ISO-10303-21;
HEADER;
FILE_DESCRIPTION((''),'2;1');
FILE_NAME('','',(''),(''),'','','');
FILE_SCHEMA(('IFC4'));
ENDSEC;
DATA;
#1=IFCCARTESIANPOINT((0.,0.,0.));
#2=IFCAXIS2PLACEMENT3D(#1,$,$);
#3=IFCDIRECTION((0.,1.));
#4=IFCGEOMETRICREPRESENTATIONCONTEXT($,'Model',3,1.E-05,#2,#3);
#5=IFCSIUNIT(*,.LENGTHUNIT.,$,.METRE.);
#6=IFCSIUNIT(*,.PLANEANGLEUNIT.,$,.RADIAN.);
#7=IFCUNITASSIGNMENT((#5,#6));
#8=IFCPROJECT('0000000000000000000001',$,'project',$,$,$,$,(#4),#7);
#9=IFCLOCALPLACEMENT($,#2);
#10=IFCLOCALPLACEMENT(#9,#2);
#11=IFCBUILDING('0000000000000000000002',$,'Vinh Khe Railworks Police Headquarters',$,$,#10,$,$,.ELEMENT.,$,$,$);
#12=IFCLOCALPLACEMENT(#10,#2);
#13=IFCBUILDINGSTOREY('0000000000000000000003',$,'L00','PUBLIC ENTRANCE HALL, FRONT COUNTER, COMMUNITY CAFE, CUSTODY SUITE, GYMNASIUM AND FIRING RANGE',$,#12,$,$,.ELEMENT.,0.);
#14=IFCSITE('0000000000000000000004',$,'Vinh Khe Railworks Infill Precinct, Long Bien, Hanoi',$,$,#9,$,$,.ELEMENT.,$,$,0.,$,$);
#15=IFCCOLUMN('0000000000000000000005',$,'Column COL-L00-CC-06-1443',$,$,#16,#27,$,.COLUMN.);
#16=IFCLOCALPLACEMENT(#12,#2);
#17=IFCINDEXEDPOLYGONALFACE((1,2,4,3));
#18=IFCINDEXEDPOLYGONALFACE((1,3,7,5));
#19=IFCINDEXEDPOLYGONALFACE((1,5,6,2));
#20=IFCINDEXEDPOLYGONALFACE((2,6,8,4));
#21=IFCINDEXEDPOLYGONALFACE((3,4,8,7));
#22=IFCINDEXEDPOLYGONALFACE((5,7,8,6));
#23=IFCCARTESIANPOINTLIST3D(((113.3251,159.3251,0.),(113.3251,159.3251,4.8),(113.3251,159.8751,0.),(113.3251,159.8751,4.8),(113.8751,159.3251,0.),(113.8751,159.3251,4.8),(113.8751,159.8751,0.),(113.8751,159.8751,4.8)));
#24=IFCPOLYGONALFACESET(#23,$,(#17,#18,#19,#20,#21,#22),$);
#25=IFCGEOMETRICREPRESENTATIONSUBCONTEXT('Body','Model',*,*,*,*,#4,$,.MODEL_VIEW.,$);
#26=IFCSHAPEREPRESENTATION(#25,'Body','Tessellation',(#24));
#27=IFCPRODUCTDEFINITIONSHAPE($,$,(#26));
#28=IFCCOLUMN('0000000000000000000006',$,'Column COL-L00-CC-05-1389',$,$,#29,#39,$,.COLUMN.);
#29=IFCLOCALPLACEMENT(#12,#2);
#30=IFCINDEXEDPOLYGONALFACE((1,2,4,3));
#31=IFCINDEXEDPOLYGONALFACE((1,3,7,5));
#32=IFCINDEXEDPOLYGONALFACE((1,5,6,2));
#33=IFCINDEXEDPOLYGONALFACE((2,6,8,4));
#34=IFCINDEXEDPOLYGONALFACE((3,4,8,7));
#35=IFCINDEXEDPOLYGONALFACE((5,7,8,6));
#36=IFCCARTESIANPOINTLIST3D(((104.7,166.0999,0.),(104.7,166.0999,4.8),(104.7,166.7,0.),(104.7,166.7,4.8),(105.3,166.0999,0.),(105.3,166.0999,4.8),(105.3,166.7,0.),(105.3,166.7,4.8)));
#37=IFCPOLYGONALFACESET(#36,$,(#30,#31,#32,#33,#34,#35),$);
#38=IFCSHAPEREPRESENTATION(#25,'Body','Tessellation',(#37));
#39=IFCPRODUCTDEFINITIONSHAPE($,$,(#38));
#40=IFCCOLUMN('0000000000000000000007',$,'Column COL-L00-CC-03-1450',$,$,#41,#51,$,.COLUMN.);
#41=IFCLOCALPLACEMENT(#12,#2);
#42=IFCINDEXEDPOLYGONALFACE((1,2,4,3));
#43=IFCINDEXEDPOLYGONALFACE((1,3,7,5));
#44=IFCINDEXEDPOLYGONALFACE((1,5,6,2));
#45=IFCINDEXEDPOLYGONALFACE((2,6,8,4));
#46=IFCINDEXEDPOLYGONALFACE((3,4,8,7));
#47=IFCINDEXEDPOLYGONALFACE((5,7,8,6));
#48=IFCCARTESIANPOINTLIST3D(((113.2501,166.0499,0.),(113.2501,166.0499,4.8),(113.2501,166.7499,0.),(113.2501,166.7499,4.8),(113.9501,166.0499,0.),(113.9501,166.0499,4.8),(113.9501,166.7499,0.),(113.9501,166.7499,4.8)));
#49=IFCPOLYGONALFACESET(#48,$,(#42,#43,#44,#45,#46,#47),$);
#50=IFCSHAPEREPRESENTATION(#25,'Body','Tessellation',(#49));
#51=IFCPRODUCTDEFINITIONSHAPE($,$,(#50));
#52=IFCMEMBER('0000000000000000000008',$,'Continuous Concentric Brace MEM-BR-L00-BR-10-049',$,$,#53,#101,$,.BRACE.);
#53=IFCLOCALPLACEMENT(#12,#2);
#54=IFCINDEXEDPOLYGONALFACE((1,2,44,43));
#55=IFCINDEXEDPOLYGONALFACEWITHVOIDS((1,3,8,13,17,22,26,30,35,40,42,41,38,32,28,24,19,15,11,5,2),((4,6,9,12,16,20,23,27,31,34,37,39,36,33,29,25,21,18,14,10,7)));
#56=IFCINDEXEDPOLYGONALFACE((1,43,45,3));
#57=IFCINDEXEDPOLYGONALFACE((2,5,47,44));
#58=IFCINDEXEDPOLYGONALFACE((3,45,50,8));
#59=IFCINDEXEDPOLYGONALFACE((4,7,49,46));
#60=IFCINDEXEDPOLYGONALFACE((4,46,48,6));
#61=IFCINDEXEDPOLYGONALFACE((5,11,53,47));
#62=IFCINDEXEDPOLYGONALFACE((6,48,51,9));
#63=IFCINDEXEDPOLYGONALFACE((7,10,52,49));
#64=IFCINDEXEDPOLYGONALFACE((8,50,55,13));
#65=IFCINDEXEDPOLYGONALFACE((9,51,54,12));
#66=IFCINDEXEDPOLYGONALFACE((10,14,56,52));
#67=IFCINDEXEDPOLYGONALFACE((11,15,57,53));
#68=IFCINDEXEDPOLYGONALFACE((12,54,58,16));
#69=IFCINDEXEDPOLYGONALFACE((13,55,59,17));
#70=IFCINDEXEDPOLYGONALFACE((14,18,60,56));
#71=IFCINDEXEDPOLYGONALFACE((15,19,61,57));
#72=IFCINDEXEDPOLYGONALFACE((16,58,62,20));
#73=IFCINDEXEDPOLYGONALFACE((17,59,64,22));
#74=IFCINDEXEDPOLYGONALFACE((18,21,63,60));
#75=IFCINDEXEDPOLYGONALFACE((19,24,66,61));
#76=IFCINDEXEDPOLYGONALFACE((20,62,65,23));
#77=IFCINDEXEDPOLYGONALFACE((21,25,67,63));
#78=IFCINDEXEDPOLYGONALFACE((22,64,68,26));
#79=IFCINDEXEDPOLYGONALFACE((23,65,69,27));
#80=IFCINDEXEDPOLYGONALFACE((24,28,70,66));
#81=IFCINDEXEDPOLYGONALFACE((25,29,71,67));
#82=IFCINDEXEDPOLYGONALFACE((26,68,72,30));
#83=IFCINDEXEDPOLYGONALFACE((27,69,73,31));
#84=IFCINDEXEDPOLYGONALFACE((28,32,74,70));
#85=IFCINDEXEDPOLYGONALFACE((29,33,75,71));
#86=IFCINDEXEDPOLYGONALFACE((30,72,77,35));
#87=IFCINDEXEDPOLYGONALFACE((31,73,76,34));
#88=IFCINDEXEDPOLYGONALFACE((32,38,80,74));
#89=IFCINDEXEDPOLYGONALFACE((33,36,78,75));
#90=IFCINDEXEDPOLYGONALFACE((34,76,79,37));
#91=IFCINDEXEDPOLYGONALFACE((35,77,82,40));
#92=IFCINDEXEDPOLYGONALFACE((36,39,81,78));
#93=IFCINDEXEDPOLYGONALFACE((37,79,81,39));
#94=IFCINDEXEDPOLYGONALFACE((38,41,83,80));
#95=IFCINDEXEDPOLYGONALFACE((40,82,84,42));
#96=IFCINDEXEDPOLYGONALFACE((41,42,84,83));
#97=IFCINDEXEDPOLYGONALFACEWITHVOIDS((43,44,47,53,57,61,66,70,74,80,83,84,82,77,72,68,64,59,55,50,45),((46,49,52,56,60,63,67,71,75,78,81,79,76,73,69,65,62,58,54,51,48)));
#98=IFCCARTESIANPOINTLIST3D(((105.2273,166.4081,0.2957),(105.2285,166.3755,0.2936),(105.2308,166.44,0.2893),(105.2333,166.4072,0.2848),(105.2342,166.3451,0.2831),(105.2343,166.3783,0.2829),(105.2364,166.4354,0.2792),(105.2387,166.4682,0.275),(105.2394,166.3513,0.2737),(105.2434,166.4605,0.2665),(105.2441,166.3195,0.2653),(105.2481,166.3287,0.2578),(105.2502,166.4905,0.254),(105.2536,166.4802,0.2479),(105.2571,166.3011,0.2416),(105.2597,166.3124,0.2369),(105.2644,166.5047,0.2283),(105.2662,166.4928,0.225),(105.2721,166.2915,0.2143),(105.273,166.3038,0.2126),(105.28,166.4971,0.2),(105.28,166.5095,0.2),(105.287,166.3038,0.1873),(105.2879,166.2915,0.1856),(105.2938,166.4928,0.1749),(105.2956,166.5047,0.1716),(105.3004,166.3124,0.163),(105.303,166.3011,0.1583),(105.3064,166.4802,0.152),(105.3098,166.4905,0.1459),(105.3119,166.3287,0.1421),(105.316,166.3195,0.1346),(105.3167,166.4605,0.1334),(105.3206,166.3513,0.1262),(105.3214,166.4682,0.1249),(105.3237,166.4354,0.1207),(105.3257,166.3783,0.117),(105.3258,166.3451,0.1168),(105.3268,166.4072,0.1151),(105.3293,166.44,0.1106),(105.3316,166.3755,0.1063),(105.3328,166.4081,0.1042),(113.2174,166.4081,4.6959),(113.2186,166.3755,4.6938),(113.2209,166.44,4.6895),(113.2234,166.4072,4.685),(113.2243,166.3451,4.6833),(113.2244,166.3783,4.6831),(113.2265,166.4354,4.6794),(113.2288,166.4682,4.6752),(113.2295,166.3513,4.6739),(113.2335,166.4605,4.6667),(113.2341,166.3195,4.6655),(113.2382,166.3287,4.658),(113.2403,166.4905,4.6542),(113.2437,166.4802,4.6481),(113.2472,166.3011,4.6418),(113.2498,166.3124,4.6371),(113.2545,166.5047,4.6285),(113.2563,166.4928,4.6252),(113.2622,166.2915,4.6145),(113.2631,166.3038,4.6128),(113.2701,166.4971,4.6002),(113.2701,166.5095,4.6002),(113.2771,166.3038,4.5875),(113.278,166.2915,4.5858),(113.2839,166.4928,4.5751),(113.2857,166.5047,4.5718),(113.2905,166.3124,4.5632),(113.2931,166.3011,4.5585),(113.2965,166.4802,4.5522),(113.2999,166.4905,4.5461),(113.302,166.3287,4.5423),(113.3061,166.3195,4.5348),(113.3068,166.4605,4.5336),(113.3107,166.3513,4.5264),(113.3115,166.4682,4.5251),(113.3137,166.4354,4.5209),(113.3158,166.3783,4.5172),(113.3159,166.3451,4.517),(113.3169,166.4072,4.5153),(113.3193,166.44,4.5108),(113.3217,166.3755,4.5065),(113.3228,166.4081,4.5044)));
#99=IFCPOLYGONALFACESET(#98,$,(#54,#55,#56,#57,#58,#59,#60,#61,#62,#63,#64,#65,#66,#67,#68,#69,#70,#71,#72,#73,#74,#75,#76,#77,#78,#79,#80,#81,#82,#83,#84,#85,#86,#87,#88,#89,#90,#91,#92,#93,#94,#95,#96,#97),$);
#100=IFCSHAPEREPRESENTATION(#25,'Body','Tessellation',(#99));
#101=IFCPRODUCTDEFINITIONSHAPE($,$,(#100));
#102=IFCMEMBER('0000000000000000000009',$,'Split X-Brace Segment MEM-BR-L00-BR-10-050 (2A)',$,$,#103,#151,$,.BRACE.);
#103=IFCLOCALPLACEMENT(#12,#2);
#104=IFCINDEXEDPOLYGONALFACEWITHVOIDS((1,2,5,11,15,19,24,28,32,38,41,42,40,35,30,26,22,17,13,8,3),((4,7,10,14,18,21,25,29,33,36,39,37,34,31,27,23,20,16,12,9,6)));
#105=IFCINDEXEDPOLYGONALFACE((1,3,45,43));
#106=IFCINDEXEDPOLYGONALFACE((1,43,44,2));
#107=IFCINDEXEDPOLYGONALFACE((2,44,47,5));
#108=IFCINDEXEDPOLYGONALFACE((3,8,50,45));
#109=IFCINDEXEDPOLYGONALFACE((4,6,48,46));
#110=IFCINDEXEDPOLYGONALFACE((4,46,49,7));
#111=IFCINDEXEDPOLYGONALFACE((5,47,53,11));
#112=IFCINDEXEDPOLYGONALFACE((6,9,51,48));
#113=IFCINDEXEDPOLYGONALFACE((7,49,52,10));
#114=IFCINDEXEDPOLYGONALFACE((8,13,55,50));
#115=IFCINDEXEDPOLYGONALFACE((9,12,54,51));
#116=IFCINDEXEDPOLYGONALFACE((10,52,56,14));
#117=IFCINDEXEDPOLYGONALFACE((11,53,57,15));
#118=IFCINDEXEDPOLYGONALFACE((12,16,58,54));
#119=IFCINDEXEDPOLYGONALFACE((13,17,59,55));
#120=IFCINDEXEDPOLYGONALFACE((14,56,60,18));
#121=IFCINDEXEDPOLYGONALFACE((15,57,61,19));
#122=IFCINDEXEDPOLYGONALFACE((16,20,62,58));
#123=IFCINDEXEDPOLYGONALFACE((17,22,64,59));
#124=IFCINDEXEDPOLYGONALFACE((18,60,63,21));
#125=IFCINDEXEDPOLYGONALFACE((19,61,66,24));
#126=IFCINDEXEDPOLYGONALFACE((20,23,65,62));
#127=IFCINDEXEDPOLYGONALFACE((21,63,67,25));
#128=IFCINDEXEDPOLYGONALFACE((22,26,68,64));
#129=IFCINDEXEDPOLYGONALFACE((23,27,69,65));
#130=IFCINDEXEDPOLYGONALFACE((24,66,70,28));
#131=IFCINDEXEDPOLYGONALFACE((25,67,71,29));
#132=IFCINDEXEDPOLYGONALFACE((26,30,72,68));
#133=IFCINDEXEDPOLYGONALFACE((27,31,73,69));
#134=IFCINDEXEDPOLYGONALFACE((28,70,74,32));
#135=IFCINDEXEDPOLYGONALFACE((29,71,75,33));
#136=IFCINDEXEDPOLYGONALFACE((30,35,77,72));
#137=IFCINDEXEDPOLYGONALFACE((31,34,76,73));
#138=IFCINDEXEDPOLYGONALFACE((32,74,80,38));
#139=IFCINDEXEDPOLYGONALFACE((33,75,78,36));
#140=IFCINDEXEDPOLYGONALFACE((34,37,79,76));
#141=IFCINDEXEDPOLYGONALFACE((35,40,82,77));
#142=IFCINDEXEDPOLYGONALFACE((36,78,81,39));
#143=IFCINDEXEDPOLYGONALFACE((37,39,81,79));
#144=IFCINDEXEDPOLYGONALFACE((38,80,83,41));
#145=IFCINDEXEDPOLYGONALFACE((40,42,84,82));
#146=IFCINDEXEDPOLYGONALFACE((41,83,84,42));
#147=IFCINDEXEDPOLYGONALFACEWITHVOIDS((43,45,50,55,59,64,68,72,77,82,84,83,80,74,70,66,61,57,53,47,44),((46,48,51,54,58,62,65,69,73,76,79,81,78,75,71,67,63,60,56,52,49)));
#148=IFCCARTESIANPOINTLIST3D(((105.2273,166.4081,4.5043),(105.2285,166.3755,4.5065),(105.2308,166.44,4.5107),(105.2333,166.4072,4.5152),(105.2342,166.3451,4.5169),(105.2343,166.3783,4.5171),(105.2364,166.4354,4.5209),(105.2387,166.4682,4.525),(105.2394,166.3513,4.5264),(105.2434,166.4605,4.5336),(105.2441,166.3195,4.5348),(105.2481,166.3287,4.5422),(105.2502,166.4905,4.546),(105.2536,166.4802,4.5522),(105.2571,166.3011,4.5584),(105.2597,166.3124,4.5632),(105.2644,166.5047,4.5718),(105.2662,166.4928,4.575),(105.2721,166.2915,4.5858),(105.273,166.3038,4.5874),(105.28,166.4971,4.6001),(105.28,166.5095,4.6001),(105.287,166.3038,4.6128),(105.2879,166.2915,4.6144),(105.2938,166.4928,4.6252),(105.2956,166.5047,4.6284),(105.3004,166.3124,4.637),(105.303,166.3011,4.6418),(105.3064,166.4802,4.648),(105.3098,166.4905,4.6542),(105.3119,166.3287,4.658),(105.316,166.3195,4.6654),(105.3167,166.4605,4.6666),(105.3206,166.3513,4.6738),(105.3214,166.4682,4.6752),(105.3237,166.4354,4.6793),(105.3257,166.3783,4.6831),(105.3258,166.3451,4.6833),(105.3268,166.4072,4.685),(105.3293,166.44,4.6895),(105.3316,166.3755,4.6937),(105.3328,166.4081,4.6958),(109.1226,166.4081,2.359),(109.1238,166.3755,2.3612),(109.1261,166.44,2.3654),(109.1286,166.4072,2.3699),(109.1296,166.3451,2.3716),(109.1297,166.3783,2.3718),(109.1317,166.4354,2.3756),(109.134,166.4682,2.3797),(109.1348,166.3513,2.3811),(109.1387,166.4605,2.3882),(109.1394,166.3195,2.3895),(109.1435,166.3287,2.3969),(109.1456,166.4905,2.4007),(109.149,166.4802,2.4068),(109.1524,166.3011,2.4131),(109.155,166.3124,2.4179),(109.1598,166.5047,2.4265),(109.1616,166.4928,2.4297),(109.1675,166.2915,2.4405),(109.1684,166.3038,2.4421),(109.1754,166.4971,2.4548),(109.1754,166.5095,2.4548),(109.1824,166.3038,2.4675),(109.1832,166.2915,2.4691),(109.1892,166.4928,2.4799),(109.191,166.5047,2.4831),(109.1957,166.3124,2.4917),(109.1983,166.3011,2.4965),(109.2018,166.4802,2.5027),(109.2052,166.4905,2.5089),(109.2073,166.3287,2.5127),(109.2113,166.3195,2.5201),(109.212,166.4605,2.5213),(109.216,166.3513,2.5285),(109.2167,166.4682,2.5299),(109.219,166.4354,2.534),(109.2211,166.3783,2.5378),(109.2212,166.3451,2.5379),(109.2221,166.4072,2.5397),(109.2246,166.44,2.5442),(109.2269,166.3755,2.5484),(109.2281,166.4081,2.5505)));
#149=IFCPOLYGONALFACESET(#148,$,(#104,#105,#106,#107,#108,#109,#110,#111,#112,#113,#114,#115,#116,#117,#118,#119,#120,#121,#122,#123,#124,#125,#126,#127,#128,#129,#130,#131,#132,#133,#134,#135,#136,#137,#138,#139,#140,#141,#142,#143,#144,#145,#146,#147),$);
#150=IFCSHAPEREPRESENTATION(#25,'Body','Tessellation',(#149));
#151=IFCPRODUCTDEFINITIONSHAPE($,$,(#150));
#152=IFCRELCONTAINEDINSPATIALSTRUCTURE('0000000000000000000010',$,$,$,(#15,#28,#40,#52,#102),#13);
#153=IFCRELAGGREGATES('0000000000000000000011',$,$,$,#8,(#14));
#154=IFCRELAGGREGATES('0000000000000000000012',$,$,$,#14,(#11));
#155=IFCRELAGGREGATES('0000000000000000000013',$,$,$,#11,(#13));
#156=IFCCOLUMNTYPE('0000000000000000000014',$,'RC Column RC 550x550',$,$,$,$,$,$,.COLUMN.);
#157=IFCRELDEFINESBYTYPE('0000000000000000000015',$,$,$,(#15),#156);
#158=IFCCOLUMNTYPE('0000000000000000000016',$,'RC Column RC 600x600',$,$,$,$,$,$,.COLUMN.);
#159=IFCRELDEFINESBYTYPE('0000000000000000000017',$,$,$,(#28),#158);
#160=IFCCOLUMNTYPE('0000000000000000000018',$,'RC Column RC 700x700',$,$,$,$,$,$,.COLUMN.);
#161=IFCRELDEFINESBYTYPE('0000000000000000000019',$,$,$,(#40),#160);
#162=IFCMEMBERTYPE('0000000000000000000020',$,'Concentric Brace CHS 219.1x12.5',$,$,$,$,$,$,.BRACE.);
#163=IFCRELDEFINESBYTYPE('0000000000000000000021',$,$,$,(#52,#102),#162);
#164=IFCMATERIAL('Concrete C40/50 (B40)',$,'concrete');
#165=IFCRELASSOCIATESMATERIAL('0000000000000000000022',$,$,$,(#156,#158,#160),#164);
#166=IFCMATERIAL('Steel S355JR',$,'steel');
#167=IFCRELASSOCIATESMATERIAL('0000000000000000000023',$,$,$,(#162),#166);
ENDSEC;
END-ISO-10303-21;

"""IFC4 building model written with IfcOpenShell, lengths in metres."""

from ifc_helpers import new_model, si_unit, direction, frame, origin, origin_2d, place, context, subcontext, project, spatial, rectangle, hollow_circle, extrude, material, material_profile, profile_set, type_object, element, save


model = new_model("IFC4")

# Units and contexts
model_context = context("Model", 3, precision=1e-05, world=origin(), true_north=direction((0.0, 1.0)))
body_context = subcontext(model_context, "Body", "Model", "MODEL_VIEW")
ifc_project = project(units=[si_unit("LENGTHUNIT", "METRE"), si_unit("PLANEANGLEUNIT", "RADIAN")], contexts=[model_context])

# Site, building, storey
site_placement = place(None, origin())
site = spatial("IfcSite", under=ifc_project, at=site_placement, Name="Vinh Khe Railworks Infill Precinct, Long Bien, Hanoi", CompositionType="ELEMENT", RefElevation=0.0)
building_placement = place(site_placement, origin())
building = spatial("IfcBuilding", under=site, at=building_placement, Name="Vinh Khe Railworks Police Headquarters", CompositionType="ELEMENT")
storey_placement = place(building_placement, origin())
storey = spatial("IfcBuildingStorey", under=building, at=storey_placement, Name="L00", Description="PUBLIC ENTRANCE HALL, FRONT COUNTER, COMMUNITY CAFE, CUSTODY SUITE, GYMNASIUM AND FIRING RANGE", CompositionType="ELEMENT", Elevation=0.0)

# Columns
ifc_material_1 = material(Name="Concrete C40/50 (B40)", Category="concrete")
ifc_material_profile_1 = material_profile(ifc_material_1, rectangle(XDim=0.55, YDim=0.55, at=origin_2d()), Name="RC 550x550")
ifc_profile_set_1 = profile_set([ifc_material_profile_1], Name="Concrete C40/50 (B40)")
column_type_1 = type_object("IfcColumnType", Name="RC Column RC 550x550", PredefinedType="COLUMN", material=ifc_profile_set_1)
column_1_placement = place(storey_placement, frame((113.6001, 159.6001, 0.0), z_axis=(0.0, 0.0, 1.0), x_axis=(1.0, 0.0, 0.0)))
element("IfcColumn", 1, at=column_1_placement, inside=storey, type_object=column_type_1, Name="Column COL-L00-CC-06-1443", PredefinedType="COLUMN", context=body_context, shape_type="SweptSolid", body=[
    extrude(rectangle(XDim=0.55, YDim=0.55, at=origin_2d()), origin(), (0.0, 0.0, 1.0), 4.8),
])
ifc_material_profile_2 = material_profile(ifc_material_1, rectangle(XDim=0.6001, YDim=0.6001, at=origin_2d()), Name="RC 600x600")
ifc_profile_set_2 = profile_set([ifc_material_profile_2], Name="Concrete C40/50 (B40)")
column_type_2 = type_object("IfcColumnType", Name="RC Column RC 600x600", PredefinedType="COLUMN", material=ifc_profile_set_2)
column_2_placement = place(storey_placement, frame((105.0, 166.3999, 0.0), z_axis=(0.0, 0.0, 1.0), x_axis=(1.0, 0.0, 0.0)))
element("IfcColumn", 2, at=column_2_placement, inside=storey, type_object=column_type_2, Name="Column COL-L00-CC-05-1389", PredefinedType="COLUMN", context=body_context, shape_type="SweptSolid", body=[
    extrude(rectangle(XDim=0.6001, YDim=0.6001, at=origin_2d()), origin(), (0.0, 0.0, 1.0), 4.8),
])
ifc_material_profile_3 = material_profile(ifc_material_1, rectangle(XDim=0.7, YDim=0.7, at=origin_2d()), Name="RC 700x700")
ifc_profile_set_3 = profile_set([ifc_material_profile_3], Name="Concrete C40/50 (B40)")
column_type_3 = type_object("IfcColumnType", Name="RC Column RC 700x700", PredefinedType="COLUMN", material=ifc_profile_set_3)
column_3_placement = place(storey_placement, frame((113.6001, 166.3999, 0.0), z_axis=(0.0, 0.0, 1.0), x_axis=(1.0, 0.0, 0.0)))
element("IfcColumn", 3, at=column_3_placement, inside=storey, type_object=column_type_3, Name="Column COL-L00-CC-03-1450", PredefinedType="COLUMN", context=body_context, shape_type="SweptSolid", body=[
    extrude(rectangle(XDim=0.7, YDim=0.7, at=origin_2d()), origin(), (0.0, 0.0, 1.0), 4.8),
])

# Members
ifc_material_2 = material(Name="Steel S355JR", Category="steel")
ifc_material_profile_4 = material_profile(ifc_material_2, hollow_circle(Radius=0.1096, WallThickness=0.0125, at=origin_2d()), Name="CHS 219.1x12.5")
ifc_profile_set_4 = profile_set([ifc_material_profile_4], Name="Steel S355JR")
member_type = type_object("IfcMemberType", Name="Concentric Brace CHS 219.1x12.5", PredefinedType="BRACE", material=ifc_profile_set_4)
member_placement = place(storey_placement, frame((105.28, 166.3999, 0.2), z_axis=(0.875954, 0.0, 0.482394), x_axis=(0.0, 1.0, 0.0)))
element("IfcMember", 4, at=member_placement, inside=storey, type_object=member_type, Name="Continuous Concentric Brace MEM-BR-L00-BR-10-049", PredefinedType="BRACE", context=body_context, shape_type="SweptSolid", body=[
    extrude(hollow_circle(Radius=0.1096, WallThickness=0.0125, at=origin_2d()), origin(), (0.0, 0.0, 1.0), 9.1216),
])
for number, where, z_axis, x_axis, name in (
    (5, (105.28, 166.3999, 4.6001), (0.875943, 0.0, -0.482414), (0.0, 1.0, 0.0), "Split X-Brace Segment MEM-BR-L00-BR-10-050 (2A)"),
):
    element("IfcMember", number, at=place(storey_placement, frame(where, z_axis=z_axis, x_axis=x_axis)), inside=storey, type_object=member_type, Name=name, PredefinedType="BRACE", context=body_context, shape_type="SweptSolid", body=[
        extrude(hollow_circle(Radius=0.1096, WallThickness=0.0125, at=origin_2d()), origin(), (0.0, 0.0, 1.0), 4.447),
    ])

save(model, "model.ifc")
